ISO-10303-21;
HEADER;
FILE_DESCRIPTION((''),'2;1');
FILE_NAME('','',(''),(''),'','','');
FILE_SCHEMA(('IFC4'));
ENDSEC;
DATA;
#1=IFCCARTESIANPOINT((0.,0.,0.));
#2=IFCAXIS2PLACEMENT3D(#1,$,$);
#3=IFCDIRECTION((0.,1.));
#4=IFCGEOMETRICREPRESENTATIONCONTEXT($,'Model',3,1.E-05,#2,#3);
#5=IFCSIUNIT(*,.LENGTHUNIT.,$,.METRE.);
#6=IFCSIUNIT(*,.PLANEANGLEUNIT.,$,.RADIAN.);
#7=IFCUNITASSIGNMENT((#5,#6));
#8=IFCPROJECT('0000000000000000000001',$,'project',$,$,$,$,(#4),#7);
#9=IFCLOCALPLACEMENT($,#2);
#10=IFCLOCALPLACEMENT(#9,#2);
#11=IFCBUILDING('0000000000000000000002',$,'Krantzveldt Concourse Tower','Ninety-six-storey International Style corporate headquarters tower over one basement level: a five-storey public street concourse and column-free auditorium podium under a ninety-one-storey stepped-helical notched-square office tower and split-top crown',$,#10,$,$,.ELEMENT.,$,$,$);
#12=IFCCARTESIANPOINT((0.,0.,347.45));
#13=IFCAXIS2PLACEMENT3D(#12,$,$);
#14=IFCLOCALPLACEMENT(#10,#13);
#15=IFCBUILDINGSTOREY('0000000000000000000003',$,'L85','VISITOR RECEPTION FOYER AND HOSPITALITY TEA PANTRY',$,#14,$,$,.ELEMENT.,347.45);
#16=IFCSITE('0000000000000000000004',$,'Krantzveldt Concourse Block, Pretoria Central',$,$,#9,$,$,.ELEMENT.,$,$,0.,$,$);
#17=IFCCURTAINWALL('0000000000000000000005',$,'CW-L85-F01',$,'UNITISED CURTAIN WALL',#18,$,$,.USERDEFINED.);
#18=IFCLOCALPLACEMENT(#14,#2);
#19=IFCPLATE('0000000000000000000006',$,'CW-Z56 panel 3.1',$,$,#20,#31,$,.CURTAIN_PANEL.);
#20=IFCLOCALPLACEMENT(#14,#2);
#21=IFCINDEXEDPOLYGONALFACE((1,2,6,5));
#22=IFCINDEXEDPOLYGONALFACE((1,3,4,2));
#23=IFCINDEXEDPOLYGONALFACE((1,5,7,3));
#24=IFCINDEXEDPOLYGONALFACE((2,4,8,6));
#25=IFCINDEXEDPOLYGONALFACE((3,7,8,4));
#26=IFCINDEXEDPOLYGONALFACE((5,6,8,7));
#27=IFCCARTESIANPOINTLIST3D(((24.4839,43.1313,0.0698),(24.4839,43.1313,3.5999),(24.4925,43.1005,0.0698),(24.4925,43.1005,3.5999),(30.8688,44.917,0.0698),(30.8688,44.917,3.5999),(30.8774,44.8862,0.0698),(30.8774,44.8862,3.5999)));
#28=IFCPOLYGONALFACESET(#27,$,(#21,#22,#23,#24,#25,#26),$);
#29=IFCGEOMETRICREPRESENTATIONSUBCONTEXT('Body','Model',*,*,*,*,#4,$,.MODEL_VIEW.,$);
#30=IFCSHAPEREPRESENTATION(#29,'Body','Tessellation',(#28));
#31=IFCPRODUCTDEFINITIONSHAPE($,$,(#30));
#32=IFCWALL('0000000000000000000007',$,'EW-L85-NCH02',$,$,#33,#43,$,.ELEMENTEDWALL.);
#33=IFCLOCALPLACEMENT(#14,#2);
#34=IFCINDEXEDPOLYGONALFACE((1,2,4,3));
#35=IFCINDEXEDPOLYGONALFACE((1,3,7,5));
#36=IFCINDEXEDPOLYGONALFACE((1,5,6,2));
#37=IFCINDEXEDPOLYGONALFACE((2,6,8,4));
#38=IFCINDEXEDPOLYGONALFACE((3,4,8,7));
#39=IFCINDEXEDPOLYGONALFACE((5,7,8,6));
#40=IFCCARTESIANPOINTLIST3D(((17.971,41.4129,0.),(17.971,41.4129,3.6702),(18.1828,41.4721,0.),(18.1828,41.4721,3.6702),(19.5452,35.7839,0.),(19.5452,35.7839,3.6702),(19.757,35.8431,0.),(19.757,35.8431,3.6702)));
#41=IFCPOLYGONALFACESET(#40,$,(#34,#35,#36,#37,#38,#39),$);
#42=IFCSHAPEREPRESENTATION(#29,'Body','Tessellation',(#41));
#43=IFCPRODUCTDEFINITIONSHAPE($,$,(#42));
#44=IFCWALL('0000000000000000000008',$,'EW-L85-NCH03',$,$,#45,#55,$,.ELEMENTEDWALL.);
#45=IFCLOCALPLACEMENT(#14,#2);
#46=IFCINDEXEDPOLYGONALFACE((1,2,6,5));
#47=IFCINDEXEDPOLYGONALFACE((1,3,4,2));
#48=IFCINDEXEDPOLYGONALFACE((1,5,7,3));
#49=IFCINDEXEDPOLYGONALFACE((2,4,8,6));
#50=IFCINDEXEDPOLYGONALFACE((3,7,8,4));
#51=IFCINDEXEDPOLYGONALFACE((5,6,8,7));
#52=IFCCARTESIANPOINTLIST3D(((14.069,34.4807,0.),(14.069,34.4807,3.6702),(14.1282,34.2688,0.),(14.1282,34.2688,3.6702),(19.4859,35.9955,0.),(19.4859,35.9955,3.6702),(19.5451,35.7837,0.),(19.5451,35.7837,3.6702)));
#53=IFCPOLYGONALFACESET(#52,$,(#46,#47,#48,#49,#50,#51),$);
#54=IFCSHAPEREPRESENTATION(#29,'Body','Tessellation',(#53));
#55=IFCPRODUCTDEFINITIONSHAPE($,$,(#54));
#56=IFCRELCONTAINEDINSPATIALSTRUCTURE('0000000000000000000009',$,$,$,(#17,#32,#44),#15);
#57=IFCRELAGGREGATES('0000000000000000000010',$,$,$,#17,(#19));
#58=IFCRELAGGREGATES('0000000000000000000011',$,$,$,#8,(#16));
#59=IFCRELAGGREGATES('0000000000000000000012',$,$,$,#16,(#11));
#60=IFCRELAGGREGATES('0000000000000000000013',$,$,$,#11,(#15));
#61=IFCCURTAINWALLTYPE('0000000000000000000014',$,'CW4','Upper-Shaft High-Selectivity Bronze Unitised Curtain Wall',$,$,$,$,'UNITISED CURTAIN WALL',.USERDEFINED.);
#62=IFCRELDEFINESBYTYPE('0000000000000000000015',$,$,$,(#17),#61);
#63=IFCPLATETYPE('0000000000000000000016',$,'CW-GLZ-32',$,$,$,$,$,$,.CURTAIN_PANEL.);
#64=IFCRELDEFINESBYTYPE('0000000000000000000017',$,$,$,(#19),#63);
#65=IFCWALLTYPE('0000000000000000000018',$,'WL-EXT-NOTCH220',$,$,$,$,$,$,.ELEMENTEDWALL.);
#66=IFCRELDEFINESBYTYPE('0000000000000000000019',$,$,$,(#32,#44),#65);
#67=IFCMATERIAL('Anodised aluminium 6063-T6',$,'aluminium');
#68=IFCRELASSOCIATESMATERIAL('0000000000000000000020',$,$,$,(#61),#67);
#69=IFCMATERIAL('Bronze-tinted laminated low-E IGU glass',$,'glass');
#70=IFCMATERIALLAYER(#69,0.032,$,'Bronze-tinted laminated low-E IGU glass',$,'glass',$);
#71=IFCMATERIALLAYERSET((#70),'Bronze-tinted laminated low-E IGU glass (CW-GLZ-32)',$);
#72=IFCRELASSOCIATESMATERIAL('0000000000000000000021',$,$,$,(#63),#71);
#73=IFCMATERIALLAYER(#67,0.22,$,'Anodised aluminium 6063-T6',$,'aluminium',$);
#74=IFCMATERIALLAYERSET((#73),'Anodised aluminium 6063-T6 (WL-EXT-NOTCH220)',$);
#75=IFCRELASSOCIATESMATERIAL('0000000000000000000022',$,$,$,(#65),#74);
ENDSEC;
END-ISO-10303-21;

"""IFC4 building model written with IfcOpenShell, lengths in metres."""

from ifc_helpers import new_model, si_unit, direction, frame, frame_2d, origin, origin_2d, place, context, subcontext, project, spatial, rectangle, extrude, source, transform, mapped, material, layer, layer_set, type_object, element, aggregate, save


model = new_model("IFC4")

# Units and contexts
model_context = context("Model", 3, precision=1e-05, world=origin(), true_north=direction((0.0, 1.0)))
body_context = subcontext(model_context, "Body", "Model", "MODEL_VIEW")
ifc_project = project(units=[si_unit("LENGTHUNIT", "METRE"), si_unit("PLANEANGLEUNIT", "RADIAN")], contexts=[model_context])

# Site, building, storey
site_placement = place(None, origin())
site = spatial("IfcSite", under=ifc_project, at=site_placement, Name="Krantzveldt Concourse Block, Pretoria Central", CompositionType="ELEMENT", RefElevation=0.0)
building_placement = place(site_placement, origin())
building = spatial("IfcBuilding", under=site, at=building_placement, Name="Krantzveldt Concourse Tower", Description="Ninety-six-storey International Style corporate headquarters tower over one basement level: a five-storey public street concourse and column-free auditorium podium under a ninety-one-storey stepped-helical notched-square office tower and split-top crown", CompositionType="ELEMENT")
storey_placement = place(building_placement, frame((0.0, 0.0, 347.45)))
storey = spatial("IfcBuildingStorey", under=building, at=storey_placement, Name="L85", Description="VISITOR RECEPTION FOYER AND HOSPITALITY TEA PANTRY", CompositionType="ELEMENT", Elevation=347.45)

# Curtain wall
ifc_material_1 = material(Name="Anodised aluminium 6063-T6", Category="aluminium")
curtain_wall_type = type_object("IfcCurtainWallType", Name="CW4", Description="Upper-Shaft High-Selectivity Bronze Unitised Curtain Wall", ElementType="UNITISED CURTAIN WALL", PredefinedType="USERDEFINED", material=ifc_material_1)
curtain_wall_1_placement = place(storey_placement, origin())
curtain_wall_1 = element("IfcCurtainWall", 1, at=curtain_wall_1_placement, inside=storey, type_object=curtain_wall_type, Name="CW-L85-F01", ObjectType="UNITISED CURTAIN WALL", PredefinedType="USERDEFINED")

# Plate
ifc_material_2 = material(Name="Bronze-tinted laminated low-E IGU glass", Category="glass")
ifc_layer_1 = layer(ifc_material_2, 0.032, Name="Bronze-tinted laminated low-E IGU glass", Category="glass")
ifc_layer_set_1 = layer_set([ifc_layer_1], Name="Bronze-tinted laminated low-E IGU glass (CW-GLZ-32)")
plate_type = type_object("IfcPlateType", Name="CW-GLZ-32", PredefinedType="CURTAIN_PANEL", material=ifc_layer_set_1)
shared_shape_1 = source(origin(), body_context, "Body", "SweptSolid", [
    extrude(rectangle(XDim=6.6299, YDim=0.032, at=origin_2d()), origin(), (0.0, 0.0, 1.0), 3.53),
])
plate_1_placement = place(storey_placement, frame((27.6807, 44.0088, 0.0698), z_axis=(0.0, 0.0, 1.0), x_axis=(-0.963045, -0.26934, 0.0)))
plate_1 = element("IfcPlate", 2, at=plate_1_placement, type_object=plate_type, Name="CW-Z56 panel 3.1", PredefinedType="CURTAIN_PANEL", context=body_context, shape_type="MappedRepresentation", body=[
    mapped(shared_shape_1, transform((0.0, 0.0, 0.0), x_axis=(1.0, 0.0, 0.0), y_axis=(0.0, 1.0, 0.0), z_axis=(0.0, 0.0, 1.0), scale=1.0)),
])
aggregate(curtain_wall_1, [plate_1])

# Walls
ifc_layer_2 = layer(ifc_material_1, 0.22, Name="Anodised aluminium 6063-T6", Category="aluminium")
ifc_layer_set_2 = layer_set([ifc_layer_2], Name="Anodised aluminium 6063-T6 (WL-EXT-NOTCH220)")
wall_type = type_object("IfcWallType", Name="WL-EXT-NOTCH220", PredefinedType="ELEMENTEDWALL", material=ifc_layer_set_2)
wall_1_placement = place(storey_placement, frame((18.0769, 41.4424, 0.0), z_axis=(0.0, 0.0, 1.0), x_axis=(0.269332, -0.963047, 0.0)))
element("IfcWall", 3, at=wall_1_placement, inside=storey, type_object=wall_type, Name="EW-L85-NCH02", PredefinedType="ELEMENTEDWALL", context=body_context, shape_type="SweptSolid", body=[
    extrude(rectangle(XDim=5.845, YDim=0.22, at=frame_2d((2.9224, 0.0))), origin(), (0.0, 0.0, 1.0), 3.6702),
])
wall_2_placement = place(storey_placement, frame((19.5156, 35.8896, 0.0), z_axis=(0.0, 0.0, 1.0), x_axis=(-0.96305, -0.269322, 0.0)))
element("IfcWall", 4, at=wall_2_placement, inside=storey, type_object=wall_type, Name="EW-L85-NCH03", PredefinedType="ELEMENTEDWALL", context=body_context, shape_type="SweptSolid", body=[
    extrude(rectangle(XDim=5.6248, YDim=0.22, at=frame_2d((2.8125, 0.0))), origin(), (0.0, 0.0, 1.0), 3.6702),
])

save(model, "model.ifc")
